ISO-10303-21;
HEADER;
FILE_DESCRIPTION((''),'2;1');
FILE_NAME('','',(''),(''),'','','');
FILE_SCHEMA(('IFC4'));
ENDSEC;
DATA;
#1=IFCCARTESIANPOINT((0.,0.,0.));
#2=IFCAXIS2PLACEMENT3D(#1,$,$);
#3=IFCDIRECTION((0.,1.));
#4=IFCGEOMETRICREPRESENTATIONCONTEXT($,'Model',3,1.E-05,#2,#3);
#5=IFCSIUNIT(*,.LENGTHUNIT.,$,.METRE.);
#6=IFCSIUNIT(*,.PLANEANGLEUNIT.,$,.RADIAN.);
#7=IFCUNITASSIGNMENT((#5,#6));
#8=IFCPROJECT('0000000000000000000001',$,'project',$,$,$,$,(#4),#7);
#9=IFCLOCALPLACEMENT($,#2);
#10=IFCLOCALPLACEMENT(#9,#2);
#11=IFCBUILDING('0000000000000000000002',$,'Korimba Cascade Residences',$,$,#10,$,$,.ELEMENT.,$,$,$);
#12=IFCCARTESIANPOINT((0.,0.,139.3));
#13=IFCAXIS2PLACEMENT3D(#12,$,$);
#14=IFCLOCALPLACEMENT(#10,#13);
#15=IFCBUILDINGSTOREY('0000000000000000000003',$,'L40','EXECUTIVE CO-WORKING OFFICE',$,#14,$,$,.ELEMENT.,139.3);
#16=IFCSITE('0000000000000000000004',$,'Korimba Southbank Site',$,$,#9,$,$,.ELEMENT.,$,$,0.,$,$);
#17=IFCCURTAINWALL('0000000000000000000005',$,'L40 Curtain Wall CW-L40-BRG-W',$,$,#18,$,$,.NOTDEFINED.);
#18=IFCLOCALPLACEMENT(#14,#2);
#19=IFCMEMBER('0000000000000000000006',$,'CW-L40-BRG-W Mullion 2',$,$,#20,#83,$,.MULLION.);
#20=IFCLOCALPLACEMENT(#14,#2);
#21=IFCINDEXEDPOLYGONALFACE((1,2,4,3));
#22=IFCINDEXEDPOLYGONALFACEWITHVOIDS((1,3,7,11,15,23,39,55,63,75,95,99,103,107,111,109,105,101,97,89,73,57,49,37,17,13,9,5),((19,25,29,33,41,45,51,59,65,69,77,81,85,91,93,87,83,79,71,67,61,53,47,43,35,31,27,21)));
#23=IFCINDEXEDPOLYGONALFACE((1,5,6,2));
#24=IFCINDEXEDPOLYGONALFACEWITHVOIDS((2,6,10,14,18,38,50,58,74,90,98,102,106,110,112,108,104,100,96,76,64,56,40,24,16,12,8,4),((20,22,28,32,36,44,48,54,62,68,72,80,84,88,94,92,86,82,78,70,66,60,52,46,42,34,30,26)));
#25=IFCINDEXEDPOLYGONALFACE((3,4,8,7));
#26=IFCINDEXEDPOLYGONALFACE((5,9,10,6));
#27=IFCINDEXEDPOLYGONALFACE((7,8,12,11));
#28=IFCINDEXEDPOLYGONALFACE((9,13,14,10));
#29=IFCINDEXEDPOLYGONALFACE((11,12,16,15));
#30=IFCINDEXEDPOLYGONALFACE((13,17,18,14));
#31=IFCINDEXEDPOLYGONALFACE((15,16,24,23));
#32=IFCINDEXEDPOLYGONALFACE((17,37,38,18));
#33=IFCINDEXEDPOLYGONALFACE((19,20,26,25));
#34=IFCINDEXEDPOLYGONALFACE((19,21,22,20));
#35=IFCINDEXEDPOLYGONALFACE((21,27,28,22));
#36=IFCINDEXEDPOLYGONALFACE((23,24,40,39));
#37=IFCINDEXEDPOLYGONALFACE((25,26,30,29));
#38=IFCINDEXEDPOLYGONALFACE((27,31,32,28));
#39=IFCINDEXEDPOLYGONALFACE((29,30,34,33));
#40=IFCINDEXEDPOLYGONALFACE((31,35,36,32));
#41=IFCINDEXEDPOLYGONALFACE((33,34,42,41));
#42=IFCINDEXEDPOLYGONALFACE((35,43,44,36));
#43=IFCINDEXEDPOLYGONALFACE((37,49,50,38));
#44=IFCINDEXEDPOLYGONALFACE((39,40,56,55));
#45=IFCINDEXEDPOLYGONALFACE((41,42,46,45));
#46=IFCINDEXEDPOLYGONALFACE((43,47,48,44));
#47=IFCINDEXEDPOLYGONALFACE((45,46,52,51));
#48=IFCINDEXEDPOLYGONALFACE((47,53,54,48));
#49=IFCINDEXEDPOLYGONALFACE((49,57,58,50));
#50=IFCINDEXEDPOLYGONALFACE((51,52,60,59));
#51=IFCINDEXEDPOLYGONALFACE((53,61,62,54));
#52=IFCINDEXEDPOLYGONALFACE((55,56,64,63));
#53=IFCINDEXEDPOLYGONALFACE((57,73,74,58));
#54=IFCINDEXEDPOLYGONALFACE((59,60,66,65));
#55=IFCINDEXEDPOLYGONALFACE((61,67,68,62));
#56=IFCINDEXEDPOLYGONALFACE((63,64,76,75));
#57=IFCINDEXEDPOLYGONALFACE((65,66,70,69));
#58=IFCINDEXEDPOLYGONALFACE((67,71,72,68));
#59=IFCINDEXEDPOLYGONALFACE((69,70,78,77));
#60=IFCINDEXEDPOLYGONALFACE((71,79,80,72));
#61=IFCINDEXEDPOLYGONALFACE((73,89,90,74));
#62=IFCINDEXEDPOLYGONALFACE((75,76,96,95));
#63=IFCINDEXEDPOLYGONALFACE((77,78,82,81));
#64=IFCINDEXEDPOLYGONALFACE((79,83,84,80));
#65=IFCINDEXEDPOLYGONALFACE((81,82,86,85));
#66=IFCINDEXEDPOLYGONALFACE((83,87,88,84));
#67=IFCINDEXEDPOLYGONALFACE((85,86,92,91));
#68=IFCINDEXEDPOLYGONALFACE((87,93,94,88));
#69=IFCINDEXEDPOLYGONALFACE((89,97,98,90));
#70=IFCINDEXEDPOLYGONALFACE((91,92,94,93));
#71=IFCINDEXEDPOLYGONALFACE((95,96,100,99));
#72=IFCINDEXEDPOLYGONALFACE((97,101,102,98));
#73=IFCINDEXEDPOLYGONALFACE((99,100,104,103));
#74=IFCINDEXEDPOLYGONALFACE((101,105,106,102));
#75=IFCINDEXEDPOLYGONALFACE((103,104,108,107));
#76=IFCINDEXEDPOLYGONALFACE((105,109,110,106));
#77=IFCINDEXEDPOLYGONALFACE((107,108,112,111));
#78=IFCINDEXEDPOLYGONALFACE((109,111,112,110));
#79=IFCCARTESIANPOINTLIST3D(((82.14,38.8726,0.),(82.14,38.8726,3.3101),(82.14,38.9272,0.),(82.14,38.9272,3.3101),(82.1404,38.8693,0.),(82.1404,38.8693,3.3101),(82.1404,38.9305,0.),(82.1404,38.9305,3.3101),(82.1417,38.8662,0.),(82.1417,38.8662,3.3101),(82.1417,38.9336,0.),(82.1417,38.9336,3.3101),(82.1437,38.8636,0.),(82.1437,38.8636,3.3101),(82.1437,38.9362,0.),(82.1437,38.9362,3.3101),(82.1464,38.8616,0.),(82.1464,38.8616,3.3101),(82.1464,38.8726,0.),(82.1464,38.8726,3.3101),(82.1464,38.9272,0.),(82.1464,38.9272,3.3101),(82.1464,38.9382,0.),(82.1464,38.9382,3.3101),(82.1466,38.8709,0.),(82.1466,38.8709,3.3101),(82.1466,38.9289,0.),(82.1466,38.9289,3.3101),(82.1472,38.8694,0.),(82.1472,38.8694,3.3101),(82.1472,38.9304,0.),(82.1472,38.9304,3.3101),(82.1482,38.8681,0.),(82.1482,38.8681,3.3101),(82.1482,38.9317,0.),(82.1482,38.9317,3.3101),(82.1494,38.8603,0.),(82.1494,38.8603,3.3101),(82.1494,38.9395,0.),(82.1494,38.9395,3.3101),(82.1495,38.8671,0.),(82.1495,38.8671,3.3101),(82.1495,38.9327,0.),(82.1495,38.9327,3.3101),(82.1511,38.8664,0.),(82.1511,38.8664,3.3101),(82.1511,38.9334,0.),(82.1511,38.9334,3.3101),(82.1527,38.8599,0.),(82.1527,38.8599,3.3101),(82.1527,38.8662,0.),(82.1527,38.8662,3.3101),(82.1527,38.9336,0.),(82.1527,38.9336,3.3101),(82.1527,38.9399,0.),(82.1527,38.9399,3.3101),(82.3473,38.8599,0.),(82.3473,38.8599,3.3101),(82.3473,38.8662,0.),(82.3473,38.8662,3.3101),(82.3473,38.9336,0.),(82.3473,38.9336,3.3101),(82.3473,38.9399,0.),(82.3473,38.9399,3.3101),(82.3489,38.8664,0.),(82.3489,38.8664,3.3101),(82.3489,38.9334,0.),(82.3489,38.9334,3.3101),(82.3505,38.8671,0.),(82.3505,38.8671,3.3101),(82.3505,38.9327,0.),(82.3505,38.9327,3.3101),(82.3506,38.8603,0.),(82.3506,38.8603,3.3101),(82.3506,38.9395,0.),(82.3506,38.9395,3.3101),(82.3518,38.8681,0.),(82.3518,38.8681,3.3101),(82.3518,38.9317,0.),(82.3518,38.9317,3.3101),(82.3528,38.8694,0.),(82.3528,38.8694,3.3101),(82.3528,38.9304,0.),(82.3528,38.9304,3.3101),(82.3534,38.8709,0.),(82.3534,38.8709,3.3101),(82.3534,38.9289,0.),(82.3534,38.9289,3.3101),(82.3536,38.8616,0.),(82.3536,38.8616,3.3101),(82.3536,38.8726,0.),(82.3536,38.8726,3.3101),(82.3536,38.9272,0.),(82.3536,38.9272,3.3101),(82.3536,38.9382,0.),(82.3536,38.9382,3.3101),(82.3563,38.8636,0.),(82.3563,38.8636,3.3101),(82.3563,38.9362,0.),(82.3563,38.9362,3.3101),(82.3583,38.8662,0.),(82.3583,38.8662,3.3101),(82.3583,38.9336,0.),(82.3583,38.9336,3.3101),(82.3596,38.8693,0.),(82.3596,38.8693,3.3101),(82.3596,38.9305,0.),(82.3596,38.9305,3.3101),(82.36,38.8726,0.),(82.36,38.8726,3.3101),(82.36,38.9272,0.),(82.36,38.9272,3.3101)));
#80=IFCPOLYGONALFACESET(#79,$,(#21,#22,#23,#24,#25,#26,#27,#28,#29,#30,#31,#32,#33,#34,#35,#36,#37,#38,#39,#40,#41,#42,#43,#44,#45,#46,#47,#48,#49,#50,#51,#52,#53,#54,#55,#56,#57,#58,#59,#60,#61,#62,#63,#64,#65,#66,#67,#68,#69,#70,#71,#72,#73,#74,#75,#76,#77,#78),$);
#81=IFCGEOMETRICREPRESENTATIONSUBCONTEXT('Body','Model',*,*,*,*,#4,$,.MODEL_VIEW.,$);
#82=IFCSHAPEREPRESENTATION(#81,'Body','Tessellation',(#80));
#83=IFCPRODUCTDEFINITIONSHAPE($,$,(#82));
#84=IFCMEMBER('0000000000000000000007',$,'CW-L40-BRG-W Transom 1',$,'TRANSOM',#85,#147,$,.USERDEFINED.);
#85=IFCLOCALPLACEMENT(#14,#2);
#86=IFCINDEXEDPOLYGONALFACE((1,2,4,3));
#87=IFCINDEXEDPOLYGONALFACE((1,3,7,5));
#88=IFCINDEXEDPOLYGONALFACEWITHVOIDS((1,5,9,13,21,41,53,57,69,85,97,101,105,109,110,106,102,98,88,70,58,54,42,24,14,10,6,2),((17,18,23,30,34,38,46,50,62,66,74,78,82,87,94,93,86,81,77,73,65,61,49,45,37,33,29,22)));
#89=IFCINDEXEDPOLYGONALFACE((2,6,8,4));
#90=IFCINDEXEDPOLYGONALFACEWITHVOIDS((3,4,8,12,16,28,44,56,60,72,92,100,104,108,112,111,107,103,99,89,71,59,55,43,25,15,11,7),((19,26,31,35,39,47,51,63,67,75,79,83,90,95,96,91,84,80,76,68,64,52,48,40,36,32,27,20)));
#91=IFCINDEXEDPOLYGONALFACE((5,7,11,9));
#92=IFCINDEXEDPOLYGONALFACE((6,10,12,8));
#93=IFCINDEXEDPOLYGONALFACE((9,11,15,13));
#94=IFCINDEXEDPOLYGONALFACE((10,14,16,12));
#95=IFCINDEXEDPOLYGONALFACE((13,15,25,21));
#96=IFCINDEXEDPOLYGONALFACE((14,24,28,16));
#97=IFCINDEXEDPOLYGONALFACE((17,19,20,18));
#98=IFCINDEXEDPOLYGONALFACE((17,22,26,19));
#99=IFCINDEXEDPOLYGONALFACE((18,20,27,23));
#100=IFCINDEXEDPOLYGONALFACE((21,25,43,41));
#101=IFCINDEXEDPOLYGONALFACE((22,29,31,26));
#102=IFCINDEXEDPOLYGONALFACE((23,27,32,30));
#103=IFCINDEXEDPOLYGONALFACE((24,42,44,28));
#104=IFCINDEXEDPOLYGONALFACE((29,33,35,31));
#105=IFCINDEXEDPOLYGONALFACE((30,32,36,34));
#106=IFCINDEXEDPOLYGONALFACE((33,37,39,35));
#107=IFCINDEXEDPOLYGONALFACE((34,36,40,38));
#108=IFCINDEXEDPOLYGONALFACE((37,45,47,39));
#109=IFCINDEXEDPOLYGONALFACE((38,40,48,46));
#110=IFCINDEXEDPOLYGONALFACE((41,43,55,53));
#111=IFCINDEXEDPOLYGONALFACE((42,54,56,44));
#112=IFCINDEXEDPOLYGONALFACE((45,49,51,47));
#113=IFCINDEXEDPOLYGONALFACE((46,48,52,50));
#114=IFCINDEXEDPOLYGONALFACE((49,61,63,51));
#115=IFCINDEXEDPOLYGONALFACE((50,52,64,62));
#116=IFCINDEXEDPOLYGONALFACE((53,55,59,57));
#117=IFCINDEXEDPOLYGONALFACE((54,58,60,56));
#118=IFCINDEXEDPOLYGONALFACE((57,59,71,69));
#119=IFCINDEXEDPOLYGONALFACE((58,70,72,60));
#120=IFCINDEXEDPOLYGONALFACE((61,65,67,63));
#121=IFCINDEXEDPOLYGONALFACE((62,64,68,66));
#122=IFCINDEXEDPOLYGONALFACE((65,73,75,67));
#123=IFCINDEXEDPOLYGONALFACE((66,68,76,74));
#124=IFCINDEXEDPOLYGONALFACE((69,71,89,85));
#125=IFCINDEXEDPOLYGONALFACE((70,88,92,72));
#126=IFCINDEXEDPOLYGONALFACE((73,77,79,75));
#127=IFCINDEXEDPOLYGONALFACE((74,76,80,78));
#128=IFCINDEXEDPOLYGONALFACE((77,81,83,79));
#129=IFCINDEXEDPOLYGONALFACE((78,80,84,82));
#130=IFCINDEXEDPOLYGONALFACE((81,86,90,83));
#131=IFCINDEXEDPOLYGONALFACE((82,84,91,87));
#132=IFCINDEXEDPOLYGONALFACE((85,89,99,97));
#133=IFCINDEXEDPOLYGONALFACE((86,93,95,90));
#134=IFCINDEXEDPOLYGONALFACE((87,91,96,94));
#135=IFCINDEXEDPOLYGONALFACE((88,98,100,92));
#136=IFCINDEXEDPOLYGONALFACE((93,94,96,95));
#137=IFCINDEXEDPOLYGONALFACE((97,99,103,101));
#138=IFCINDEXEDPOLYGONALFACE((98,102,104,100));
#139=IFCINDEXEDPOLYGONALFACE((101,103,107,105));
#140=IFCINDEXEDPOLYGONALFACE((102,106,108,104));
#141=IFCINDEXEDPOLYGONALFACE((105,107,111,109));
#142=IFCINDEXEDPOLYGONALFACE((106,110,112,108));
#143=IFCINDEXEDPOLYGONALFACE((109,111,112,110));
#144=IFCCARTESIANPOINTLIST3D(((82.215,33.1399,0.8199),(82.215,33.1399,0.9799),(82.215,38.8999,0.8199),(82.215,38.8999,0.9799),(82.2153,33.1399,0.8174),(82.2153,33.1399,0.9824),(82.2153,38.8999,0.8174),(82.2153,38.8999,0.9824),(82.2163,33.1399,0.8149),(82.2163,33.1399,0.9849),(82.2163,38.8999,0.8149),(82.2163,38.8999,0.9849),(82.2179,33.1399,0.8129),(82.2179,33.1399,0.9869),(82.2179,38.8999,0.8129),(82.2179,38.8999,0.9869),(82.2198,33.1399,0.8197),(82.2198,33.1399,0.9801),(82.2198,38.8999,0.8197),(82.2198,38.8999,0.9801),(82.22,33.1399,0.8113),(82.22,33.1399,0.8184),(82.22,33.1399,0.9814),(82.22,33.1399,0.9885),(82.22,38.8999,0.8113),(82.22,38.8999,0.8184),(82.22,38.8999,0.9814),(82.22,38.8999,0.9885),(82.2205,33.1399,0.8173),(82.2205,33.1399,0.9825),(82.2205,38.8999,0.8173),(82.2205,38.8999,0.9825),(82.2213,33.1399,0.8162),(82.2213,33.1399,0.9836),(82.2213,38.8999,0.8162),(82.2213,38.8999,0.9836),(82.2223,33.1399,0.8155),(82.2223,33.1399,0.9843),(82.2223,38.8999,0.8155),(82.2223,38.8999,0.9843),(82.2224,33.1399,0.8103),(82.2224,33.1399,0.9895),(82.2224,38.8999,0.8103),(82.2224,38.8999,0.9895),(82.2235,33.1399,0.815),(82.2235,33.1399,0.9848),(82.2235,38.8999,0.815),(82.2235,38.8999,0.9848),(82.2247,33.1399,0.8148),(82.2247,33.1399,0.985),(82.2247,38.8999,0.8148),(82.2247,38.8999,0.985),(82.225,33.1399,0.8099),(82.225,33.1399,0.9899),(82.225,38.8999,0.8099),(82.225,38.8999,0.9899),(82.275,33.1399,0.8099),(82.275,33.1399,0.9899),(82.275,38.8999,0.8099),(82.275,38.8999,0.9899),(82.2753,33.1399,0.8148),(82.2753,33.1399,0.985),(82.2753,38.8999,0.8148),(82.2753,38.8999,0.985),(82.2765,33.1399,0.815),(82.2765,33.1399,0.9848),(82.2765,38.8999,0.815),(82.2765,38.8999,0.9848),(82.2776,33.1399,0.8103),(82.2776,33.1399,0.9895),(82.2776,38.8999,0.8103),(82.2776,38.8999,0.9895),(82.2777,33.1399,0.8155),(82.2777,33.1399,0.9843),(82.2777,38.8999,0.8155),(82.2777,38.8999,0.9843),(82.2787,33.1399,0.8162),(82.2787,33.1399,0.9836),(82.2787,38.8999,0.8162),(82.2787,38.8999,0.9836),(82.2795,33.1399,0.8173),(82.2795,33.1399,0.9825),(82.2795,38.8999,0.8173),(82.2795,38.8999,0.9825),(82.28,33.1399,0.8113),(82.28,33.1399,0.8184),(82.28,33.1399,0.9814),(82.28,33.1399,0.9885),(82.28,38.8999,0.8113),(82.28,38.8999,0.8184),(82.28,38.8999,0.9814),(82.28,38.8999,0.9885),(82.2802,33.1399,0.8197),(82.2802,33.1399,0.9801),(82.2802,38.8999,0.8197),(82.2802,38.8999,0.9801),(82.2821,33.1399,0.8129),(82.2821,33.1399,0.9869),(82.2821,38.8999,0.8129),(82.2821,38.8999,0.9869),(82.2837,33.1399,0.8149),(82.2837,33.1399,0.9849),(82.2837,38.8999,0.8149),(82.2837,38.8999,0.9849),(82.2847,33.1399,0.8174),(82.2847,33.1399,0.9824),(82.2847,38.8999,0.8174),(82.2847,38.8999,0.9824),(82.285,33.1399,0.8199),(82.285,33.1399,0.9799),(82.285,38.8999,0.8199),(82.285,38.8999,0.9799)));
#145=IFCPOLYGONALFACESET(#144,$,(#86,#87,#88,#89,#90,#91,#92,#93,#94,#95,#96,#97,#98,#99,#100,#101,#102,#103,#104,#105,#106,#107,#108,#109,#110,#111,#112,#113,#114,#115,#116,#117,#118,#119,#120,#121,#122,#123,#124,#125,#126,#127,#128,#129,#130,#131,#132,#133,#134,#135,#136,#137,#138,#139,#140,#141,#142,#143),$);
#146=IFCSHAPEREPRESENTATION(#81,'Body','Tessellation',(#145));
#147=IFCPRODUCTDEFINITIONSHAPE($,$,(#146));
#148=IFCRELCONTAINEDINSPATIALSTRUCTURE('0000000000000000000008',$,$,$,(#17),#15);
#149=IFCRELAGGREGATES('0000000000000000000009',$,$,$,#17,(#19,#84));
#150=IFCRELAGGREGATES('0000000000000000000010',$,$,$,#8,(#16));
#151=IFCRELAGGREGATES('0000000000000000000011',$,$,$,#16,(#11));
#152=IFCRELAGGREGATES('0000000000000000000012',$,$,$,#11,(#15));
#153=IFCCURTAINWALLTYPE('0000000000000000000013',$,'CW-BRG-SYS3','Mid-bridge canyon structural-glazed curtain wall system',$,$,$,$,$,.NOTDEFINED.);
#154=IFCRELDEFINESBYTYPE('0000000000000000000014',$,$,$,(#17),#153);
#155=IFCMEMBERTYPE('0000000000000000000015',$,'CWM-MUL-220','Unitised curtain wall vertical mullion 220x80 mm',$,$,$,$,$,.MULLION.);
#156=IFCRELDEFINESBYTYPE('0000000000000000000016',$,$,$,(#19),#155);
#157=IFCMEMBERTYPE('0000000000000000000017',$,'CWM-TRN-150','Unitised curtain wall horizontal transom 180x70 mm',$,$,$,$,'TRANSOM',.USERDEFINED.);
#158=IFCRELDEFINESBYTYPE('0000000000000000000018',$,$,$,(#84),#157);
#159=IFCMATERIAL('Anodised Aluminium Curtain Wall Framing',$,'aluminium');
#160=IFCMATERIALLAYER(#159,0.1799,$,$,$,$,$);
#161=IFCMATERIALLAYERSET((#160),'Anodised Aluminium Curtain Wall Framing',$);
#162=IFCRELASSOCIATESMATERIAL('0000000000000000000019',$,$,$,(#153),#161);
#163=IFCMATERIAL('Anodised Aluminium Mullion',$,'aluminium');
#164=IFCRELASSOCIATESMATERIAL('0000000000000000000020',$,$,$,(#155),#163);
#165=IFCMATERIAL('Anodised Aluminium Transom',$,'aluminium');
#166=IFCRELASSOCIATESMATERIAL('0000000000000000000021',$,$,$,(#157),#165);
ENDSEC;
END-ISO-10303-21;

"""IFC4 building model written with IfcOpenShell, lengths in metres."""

from ifc_helpers import new_model, si_unit, direction, frame, origin, origin_2d, place, context, subcontext, project, spatial, hollow_rectangle, extrude, material, layer, layer_set, material_profile, profile_set, type_object, element, aggregate, save


model = new_model("IFC4")

# Units and contexts
model_context = context("Model", 3, precision=1e-05, world=origin(), true_north=direction((0.0, 1.0)))
body_context = subcontext(model_context, "Body", "Model", "MODEL_VIEW")
ifc_project = project(units=[si_unit("LENGTHUNIT", "METRE"), si_unit("PLANEANGLEUNIT", "RADIAN")], contexts=[model_context])

# Site, building, storey
site_placement = place(None, origin())
site = spatial("IfcSite", under=ifc_project, at=site_placement, Name="Korimba Southbank Site", CompositionType="ELEMENT", RefElevation=0.0)
building_placement = place(site_placement, origin())
building = spatial("IfcBuilding", under=site, at=building_placement, Name="Korimba Cascade Residences", CompositionType="ELEMENT")
storey_placement = place(building_placement, frame((0.0, 0.0, 139.3)))
storey = spatial("IfcBuildingStorey", under=building, at=storey_placement, Name="L40", Description="EXECUTIVE CO-WORKING OFFICE", CompositionType="ELEMENT", Elevation=139.3)

# Curtain wall, members
ifc_material_1 = material(Name="Anodised Aluminium Curtain Wall Framing", Category="aluminium")
ifc_layer_1 = layer(ifc_material_1, 0.1799)
ifc_layer_set_1 = layer_set([ifc_layer_1], Name="Anodised Aluminium Curtain Wall Framing")
curtain_wall_type = type_object("IfcCurtainWallType", Name="CW-BRG-SYS3", Description="Mid-bridge canyon structural-glazed curtain wall system", PredefinedType="NOTDEFINED", material=ifc_layer_set_1)
curtain_wall_placement = place(storey_placement, origin())
curtain_wall = element("IfcCurtainWall", 1, at=curtain_wall_placement, inside=storey, type_object=curtain_wall_type, Name="L40 Curtain Wall CW-L40-BRG-W", PredefinedType="NOTDEFINED")
ifc_material_2 = material(Name="Anodised Aluminium Mullion", Category="aluminium")
ifc_material_profile_1 = material_profile(ifc_material_2, hollow_rectangle(XDim=0.0801, YDim=0.22, WallThickness=0.0063, InnerFilletRadius=0.0063, OuterFilletRadius=0.0127, at=origin_2d()), Name="Anodised Aluminium Mullion")
ifc_profile_set_1 = profile_set([ifc_material_profile_1], Name="Anodised Aluminium Mullion")
member_type_1 = type_object("IfcMemberType", Name="CWM-MUL-220", Description="Unitised curtain wall vertical mullion 220x80 mm", PredefinedType="MULLION", material=ifc_profile_set_1)
member_1_placement = place(storey_placement, frame((82.25, 38.8999, 0.0), z_axis=(0.0, 0.0, 1.0), x_axis=(0.0, 1.0, 0.0)))
member_1 = element("IfcMember", 2, at=member_1_placement, type_object=member_type_1, Name="CW-L40-BRG-W Mullion 2", PredefinedType="MULLION", context=body_context, shape_type="SweptSolid", body=[
    extrude(hollow_rectangle(XDim=0.0801, YDim=0.22, WallThickness=0.0063, InnerFilletRadius=0.0063, OuterFilletRadius=0.0127, at=origin_2d()), origin(), (0.0, 0.0, 1.0), 3.3101),
])
ifc_material_3 = material(Name="Anodised Aluminium Transom", Category="aluminium")
ifc_material_profile_2 = material_profile(ifc_material_3, hollow_rectangle(XDim=0.0701, YDim=0.1799, WallThickness=0.0049, InnerFilletRadius=0.0049, OuterFilletRadius=0.01, at=origin_2d()), Name="Anodised Aluminium Transom")
ifc_profile_set_2 = profile_set([ifc_material_profile_2], Name="Anodised Aluminium Transom")
member_type_2 = type_object("IfcMemberType", Name="CWM-TRN-150", Description="Unitised curtain wall horizontal transom 180x70 mm", ElementType="TRANSOM", PredefinedType="USERDEFINED", material=ifc_profile_set_2)
member_2_placement = place(storey_placement, frame((82.25, 33.1399, 0.8999), z_axis=(0.0, 1.0, 0.0), x_axis=(-1.0, 0.0, 0.0)))
member_2 = element("IfcMember", 3, at=member_2_placement, type_object=member_type_2, Name="CW-L40-BRG-W Transom 1", ObjectType="TRANSOM", PredefinedType="USERDEFINED", context=body_context, shape_type="SweptSolid", body=[
    extrude(hollow_rectangle(XDim=0.0701, YDim=0.1799, WallThickness=0.0049, InnerFilletRadius=0.0049, OuterFilletRadius=0.01, at=origin_2d()), origin(), (0.0, 0.0, 1.0), 5.76),
])
aggregate(curtain_wall, [member_1, member_2])

save(model, "model.ifc")
